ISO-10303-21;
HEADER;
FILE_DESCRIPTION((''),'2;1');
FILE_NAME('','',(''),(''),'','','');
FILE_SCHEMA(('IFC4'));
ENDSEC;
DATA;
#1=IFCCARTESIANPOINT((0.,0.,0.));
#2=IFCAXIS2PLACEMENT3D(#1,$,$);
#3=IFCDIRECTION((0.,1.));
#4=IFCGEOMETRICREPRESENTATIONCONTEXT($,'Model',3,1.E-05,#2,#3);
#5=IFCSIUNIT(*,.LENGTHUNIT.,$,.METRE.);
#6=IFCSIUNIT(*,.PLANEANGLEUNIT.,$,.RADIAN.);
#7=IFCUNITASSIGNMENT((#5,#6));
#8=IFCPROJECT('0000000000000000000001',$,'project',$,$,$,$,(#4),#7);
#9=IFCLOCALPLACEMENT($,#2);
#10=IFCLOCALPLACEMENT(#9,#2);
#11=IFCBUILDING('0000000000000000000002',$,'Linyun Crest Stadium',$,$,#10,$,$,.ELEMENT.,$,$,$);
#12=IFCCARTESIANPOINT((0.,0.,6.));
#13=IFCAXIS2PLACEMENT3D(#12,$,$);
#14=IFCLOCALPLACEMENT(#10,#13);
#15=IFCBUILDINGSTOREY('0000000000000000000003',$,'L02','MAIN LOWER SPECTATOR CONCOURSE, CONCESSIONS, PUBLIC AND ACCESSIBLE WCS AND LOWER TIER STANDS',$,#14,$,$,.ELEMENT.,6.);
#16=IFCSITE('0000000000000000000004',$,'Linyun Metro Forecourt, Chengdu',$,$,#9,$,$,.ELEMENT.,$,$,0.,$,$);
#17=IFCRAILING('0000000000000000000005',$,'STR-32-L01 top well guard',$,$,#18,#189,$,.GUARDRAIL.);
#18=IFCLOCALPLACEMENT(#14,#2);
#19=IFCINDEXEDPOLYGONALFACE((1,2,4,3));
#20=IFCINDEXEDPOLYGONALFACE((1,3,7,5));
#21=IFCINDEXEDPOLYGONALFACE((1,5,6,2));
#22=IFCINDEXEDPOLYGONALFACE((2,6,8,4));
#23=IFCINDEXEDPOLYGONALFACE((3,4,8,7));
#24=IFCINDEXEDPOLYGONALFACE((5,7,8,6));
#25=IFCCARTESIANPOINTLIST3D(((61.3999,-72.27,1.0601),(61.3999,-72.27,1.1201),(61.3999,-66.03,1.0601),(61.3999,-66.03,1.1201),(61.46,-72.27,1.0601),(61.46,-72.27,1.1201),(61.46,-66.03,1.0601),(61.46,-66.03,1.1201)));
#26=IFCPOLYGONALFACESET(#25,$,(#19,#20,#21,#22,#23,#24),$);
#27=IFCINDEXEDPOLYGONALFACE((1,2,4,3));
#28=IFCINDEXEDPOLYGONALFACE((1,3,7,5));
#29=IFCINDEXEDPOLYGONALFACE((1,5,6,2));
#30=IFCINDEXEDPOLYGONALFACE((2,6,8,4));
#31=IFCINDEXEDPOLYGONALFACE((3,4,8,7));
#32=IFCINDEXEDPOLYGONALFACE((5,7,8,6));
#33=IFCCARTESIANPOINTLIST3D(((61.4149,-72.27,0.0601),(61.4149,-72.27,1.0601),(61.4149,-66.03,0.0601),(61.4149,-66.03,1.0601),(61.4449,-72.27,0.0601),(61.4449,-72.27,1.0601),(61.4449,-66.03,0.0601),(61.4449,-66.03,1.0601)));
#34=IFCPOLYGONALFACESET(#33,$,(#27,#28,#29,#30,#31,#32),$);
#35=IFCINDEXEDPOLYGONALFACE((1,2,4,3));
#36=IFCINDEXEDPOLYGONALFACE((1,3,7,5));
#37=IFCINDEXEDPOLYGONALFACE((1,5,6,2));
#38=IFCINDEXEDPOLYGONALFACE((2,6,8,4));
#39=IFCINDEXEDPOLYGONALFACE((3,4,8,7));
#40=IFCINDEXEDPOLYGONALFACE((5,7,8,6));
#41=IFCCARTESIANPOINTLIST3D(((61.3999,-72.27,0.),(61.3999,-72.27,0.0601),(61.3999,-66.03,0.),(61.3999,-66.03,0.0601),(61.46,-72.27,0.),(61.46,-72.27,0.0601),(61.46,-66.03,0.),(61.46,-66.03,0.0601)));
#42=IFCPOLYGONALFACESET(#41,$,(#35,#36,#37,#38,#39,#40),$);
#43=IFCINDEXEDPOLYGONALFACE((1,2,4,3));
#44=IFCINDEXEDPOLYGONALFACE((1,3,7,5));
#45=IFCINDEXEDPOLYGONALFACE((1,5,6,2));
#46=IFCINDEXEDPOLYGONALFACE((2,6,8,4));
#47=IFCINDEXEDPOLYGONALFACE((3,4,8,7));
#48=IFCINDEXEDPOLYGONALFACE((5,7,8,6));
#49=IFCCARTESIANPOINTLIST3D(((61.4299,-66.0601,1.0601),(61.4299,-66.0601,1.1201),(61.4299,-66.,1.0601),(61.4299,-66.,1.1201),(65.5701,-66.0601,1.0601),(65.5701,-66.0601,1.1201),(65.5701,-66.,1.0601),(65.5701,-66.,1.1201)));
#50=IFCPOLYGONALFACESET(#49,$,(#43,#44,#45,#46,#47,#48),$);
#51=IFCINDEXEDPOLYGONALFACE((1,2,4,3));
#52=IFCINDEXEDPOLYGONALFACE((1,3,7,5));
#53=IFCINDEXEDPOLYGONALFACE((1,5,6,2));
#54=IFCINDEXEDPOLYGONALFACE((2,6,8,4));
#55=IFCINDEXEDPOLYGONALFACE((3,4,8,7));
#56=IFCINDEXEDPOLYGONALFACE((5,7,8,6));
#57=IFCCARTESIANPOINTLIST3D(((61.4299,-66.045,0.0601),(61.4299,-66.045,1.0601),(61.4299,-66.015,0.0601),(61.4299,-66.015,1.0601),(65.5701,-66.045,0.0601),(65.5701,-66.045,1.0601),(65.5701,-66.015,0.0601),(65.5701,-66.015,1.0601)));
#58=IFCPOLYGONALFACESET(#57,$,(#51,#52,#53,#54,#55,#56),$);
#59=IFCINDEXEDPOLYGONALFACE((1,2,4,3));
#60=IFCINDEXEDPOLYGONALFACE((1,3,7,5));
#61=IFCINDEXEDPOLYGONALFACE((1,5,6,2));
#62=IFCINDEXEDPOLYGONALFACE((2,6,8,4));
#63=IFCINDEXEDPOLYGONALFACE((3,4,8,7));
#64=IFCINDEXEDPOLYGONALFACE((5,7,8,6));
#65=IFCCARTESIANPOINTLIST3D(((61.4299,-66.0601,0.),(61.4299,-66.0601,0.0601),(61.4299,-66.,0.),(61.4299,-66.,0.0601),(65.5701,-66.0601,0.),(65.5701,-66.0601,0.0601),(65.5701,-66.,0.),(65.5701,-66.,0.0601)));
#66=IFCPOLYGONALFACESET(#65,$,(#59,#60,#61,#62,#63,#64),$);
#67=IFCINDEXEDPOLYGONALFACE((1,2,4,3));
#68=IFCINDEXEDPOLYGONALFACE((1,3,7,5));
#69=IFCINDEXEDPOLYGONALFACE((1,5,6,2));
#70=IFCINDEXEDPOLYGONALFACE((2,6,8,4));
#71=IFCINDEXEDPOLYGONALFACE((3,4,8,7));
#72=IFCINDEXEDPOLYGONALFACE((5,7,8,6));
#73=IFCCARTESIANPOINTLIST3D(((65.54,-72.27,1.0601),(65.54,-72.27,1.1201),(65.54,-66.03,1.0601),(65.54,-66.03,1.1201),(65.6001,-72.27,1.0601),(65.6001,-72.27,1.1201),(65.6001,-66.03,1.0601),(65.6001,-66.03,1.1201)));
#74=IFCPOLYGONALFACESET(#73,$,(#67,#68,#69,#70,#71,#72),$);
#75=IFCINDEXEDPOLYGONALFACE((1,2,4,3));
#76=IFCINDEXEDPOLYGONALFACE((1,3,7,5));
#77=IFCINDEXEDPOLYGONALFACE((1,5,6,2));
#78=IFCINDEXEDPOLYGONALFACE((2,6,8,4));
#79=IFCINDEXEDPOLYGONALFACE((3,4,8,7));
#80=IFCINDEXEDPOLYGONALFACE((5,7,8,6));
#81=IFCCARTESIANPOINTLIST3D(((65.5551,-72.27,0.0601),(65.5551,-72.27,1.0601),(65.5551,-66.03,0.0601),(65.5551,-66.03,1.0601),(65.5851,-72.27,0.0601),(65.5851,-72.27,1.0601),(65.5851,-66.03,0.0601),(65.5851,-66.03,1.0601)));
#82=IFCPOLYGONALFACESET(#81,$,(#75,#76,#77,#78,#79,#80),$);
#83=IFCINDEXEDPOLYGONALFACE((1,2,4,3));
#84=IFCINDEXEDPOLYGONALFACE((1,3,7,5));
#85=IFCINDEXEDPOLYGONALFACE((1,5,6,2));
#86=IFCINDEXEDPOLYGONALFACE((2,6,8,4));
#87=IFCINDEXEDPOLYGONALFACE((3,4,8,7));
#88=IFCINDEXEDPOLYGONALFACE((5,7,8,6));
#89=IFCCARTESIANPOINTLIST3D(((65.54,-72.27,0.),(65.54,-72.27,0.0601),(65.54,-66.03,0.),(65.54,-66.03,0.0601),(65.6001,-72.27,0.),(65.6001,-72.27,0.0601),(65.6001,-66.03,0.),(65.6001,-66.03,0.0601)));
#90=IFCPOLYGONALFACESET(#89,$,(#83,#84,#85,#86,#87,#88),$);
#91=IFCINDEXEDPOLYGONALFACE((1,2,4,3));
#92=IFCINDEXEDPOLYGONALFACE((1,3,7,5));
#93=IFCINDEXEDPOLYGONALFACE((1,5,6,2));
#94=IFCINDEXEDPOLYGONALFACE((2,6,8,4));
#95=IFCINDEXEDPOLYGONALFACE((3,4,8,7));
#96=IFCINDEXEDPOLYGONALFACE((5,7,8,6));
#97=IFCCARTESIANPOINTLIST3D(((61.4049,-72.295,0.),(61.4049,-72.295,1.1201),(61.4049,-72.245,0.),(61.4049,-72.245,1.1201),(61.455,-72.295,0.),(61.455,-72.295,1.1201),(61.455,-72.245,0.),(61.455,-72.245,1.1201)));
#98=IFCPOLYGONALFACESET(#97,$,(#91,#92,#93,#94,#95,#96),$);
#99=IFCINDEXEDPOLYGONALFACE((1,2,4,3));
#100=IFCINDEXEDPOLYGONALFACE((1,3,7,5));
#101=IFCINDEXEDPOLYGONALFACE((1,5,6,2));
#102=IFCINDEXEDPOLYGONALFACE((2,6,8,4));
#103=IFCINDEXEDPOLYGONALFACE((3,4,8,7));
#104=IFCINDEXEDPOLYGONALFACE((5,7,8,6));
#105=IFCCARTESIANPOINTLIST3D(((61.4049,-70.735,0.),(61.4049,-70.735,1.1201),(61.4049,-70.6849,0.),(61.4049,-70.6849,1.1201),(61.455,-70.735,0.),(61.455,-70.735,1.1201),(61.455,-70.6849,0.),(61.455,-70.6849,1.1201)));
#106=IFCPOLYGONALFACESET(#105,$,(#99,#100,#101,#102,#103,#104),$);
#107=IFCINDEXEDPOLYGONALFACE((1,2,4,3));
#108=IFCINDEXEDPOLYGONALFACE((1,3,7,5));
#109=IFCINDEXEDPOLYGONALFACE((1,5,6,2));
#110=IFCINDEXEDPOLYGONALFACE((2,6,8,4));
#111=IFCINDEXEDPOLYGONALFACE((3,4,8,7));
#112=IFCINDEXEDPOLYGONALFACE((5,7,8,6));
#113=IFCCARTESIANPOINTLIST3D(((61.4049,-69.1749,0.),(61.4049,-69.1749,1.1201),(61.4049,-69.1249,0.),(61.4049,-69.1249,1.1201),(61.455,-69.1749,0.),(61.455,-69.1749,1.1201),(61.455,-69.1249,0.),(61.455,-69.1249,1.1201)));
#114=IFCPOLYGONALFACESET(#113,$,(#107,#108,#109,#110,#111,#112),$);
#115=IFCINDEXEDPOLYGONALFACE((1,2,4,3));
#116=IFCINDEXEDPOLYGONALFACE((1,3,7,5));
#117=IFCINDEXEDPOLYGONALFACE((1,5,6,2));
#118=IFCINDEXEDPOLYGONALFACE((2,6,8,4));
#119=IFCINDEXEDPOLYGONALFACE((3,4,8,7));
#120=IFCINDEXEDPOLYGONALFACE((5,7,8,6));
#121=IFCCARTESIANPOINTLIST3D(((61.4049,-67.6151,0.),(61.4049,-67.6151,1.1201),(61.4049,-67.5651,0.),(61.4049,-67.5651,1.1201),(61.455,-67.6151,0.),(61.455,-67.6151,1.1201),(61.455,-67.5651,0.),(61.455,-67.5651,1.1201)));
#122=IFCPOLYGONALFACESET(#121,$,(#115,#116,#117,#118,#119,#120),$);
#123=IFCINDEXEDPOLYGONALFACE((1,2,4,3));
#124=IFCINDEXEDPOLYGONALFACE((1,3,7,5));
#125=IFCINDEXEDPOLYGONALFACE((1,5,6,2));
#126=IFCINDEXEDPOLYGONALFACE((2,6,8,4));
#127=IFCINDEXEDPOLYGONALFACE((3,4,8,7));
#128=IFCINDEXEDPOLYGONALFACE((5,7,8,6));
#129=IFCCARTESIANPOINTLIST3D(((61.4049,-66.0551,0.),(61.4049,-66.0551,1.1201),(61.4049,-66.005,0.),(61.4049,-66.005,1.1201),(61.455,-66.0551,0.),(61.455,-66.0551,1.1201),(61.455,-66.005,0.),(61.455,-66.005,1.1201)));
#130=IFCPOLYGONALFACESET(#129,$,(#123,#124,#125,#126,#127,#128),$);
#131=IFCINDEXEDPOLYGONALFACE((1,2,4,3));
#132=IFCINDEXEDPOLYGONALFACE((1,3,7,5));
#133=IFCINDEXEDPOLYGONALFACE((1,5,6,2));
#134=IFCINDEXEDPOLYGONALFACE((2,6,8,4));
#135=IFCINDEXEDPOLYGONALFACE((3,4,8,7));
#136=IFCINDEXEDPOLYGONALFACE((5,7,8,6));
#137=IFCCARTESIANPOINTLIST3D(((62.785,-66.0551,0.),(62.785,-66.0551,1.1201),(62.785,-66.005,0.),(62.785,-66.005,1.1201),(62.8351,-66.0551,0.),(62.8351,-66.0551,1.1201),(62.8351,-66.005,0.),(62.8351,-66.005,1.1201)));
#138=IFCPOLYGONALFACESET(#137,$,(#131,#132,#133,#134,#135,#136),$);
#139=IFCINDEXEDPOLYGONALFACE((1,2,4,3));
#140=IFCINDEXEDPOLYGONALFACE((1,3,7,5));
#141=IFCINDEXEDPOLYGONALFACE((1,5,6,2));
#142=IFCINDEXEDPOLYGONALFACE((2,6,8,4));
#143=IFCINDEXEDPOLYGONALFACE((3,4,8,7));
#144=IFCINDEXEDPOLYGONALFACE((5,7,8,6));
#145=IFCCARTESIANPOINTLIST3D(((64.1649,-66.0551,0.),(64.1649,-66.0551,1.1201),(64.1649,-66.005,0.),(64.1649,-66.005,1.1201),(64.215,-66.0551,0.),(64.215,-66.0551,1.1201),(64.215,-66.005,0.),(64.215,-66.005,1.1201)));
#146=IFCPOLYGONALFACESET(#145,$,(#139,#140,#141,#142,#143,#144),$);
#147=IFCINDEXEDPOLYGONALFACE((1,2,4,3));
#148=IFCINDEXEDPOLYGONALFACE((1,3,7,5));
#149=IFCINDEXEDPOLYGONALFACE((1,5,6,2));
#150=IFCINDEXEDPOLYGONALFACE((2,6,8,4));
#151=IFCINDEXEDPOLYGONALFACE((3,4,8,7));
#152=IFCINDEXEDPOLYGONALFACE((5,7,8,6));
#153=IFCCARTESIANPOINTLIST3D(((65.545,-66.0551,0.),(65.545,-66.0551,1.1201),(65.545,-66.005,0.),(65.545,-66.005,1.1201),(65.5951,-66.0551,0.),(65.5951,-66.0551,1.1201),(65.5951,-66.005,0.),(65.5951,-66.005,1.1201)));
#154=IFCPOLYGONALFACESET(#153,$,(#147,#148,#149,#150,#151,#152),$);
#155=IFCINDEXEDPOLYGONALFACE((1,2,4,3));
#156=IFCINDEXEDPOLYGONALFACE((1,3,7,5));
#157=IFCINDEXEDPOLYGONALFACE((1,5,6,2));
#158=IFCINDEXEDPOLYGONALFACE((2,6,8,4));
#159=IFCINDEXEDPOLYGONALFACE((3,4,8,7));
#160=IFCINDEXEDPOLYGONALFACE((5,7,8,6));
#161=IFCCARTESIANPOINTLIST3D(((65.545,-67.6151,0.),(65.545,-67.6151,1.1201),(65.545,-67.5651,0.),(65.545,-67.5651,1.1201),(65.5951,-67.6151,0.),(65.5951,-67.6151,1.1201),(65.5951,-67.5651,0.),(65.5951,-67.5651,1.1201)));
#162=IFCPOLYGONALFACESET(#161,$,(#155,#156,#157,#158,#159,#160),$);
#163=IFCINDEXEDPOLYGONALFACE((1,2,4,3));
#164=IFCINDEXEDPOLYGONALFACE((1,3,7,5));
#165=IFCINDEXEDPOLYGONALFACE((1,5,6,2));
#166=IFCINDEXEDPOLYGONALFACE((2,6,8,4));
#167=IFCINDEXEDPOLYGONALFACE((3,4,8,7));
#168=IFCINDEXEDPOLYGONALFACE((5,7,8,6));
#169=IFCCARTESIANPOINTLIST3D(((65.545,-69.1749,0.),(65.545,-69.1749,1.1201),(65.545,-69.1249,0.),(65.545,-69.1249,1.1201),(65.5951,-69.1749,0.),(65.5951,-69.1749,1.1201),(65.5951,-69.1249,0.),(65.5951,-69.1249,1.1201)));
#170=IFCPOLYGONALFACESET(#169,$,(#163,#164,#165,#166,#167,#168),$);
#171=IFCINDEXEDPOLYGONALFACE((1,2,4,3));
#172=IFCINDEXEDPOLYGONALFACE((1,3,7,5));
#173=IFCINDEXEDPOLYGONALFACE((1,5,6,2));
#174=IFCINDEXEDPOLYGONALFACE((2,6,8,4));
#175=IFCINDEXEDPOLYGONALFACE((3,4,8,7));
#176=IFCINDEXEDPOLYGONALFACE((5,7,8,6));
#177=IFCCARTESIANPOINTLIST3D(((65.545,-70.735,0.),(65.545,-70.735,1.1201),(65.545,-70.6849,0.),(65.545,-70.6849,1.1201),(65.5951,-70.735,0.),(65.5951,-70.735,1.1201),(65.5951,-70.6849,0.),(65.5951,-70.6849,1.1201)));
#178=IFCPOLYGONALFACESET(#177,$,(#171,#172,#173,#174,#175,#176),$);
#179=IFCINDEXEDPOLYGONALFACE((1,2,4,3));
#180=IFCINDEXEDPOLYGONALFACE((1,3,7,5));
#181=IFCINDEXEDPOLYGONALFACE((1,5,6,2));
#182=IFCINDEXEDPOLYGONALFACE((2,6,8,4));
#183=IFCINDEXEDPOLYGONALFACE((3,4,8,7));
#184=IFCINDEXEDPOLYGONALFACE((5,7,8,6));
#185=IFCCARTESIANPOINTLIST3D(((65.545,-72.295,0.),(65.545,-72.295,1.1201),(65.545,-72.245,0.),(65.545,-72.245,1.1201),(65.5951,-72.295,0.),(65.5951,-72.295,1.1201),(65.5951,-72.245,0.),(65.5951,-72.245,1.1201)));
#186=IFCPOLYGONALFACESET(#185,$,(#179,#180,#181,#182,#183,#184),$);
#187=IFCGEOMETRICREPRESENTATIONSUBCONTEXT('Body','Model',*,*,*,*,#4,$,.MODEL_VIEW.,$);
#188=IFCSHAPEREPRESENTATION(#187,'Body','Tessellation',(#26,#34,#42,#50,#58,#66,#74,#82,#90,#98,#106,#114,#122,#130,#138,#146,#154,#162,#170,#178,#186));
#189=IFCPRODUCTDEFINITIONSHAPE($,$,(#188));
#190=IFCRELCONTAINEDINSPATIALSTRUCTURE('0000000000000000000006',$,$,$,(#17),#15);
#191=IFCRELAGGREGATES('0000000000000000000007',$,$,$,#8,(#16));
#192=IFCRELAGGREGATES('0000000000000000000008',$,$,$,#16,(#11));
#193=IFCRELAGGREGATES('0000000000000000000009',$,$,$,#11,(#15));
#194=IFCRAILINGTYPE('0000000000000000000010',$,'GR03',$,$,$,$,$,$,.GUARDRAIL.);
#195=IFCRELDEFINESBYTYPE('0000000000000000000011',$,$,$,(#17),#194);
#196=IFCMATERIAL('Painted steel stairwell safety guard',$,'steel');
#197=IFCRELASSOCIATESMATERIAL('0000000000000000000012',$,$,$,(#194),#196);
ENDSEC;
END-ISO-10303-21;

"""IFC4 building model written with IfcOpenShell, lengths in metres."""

from ifc_helpers import new_model, si_unit, direction, frame, origin, origin_2d, place, context, subcontext, project, spatial, rectangle, extrude, material, type_object, element, save


model = new_model("IFC4")

# Units and contexts
model_context = context("Model", 3, precision=1e-05, world=origin(), true_north=direction((0.0, 1.0)))
body_context = subcontext(model_context, "Body", "Model", "MODEL_VIEW")
ifc_project = project(units=[si_unit("LENGTHUNIT", "METRE"), si_unit("PLANEANGLEUNIT", "RADIAN")], contexts=[model_context])

# Site, building, storey
site_placement = place(None, origin())
site = spatial("IfcSite", under=ifc_project, at=site_placement, Name="Linyun Metro Forecourt, Chengdu", CompositionType="ELEMENT", RefElevation=0.0)
building_placement = place(site_placement, origin())
building = spatial("IfcBuilding", under=site, at=building_placement, Name="Linyun Crest Stadium", CompositionType="ELEMENT")
storey_placement = place(building_placement, frame((0.0, 0.0, 6.0)))
storey = spatial("IfcBuildingStorey", under=building, at=storey_placement, Name="L02", Description="MAIN LOWER SPECTATOR CONCOURSE, CONCESSIONS, PUBLIC AND ACCESSIBLE WCS AND LOWER TIER STANDS", CompositionType="ELEMENT", Elevation=6.0)

# Railing
ifc_material_1 = material(Name="Painted steel stairwell safety guard", Category="steel")
railing_type_1 = type_object("IfcRailingType", Name="GR03", PredefinedType="GUARDRAIL", material=ifc_material_1)
railing_1_placement = place(storey_placement, frame((61.4299, -72.27, 0.0)))
element("IfcRailing", 1, at=railing_1_placement, inside=storey, type_object=railing_type_1, Name="STR-32-L01 top well guard", PredefinedType="GUARDRAIL", context=body_context, shape_type="SweptSolid", body=[
    extrude(rectangle(XDim=0.0601, YDim=0.0601, at=origin_2d()), frame((0.0, 0.0, 1.0901), z_axis=(0.0, 1.0, 0.0), x_axis=(-1.0, 0.0, 0.0)), (0.0, 0.0, 1.0), 6.24),
    extrude(rectangle(XDim=0.03, YDim=1.0, at=origin_2d()), frame((0.0, 0.0, 0.5601), z_axis=(0.0, 1.0, 0.0), x_axis=(-1.0, 0.0, 0.0)), (0.0, 0.0, 1.0), 6.24),
    extrude(rectangle(XDim=0.0601, YDim=0.0601, at=origin_2d()), frame((0.0, 0.0, 0.03), z_axis=(0.0, 1.0, 0.0), x_axis=(-1.0, 0.0, 0.0)), (0.0, 0.0, 1.0), 6.24),
    extrude(rectangle(XDim=0.0601, YDim=0.0601, at=origin_2d()), frame((0.0, 6.24, 1.0901), z_axis=(1.0, 0.0, 0.0), x_axis=(0.0, 1.0, 0.0)), (0.0, 0.0, 1.0), 4.1401),
    extrude(rectangle(XDim=0.03, YDim=1.0, at=origin_2d()), frame((0.0, 6.24, 0.5601), z_axis=(1.0, 0.0, 0.0), x_axis=(0.0, 1.0, 0.0)), (0.0, 0.0, 1.0), 4.1401),
    extrude(rectangle(XDim=0.0601, YDim=0.0601, at=origin_2d()), frame((0.0, 6.24, 0.03), z_axis=(1.0, 0.0, 0.0), x_axis=(0.0, 1.0, 0.0)), (0.0, 0.0, 1.0), 4.1401),
    extrude(rectangle(XDim=0.0601, YDim=0.0601, at=origin_2d()), frame((4.1401, 6.24, 1.0901), z_axis=(0.0, -1.0, 0.0), x_axis=(1.0, 0.0, 0.0)), (0.0, 0.0, 1.0), 6.24),
    extrude(rectangle(XDim=0.03, YDim=1.0, at=origin_2d()), frame((4.1401, 6.24, 0.5601), z_axis=(0.0, -1.0, 0.0), x_axis=(1.0, 0.0, 0.0)), (0.0, 0.0, 1.0), 6.24),
    extrude(rectangle(XDim=0.0601, YDim=0.0601, at=origin_2d()), frame((4.1401, 6.24, 0.03), z_axis=(0.0, -1.0, 0.0), x_axis=(1.0, 0.0, 0.0)), (0.0, 0.0, 1.0), 6.24),
    extrude(rectangle(XDim=0.05, YDim=0.05, at=origin_2d()), origin(), (0.0, 0.0, 1.0), 1.1201),
    extrude(rectangle(XDim=0.05, YDim=0.05, at=origin_2d()), frame((0.0, 1.5601, 0.0)), (0.0, 0.0, 1.0), 1.1201),
    extrude(rectangle(XDim=0.05, YDim=0.05, at=origin_2d()), frame((0.0, 3.1201, 0.0)), (0.0, 0.0, 1.0), 1.1201),
    extrude(rectangle(XDim=0.05, YDim=0.05, at=origin_2d()), frame((0.0, 4.6799, 0.0)), (0.0, 0.0, 1.0), 1.1201),
    extrude(rectangle(XDim=0.05, YDim=0.05, at=origin_2d()), frame((0.0, 6.24, 0.0)), (0.0, 0.0, 1.0), 1.1201),
    extrude(rectangle(XDim=0.05, YDim=0.05, at=origin_2d()), frame((1.3801, 6.24, 0.0)), (0.0, 0.0, 1.0), 1.1201),
    extrude(rectangle(XDim=0.05, YDim=0.05, at=origin_2d()), frame((2.76, 6.24, 0.0)), (0.0, 0.0, 1.0), 1.1201),
    extrude(rectangle(XDim=0.05, YDim=0.05, at=origin_2d()), frame((4.1401, 6.24, 0.0)), (0.0, 0.0, 1.0), 1.1201),
    extrude(rectangle(XDim=0.05, YDim=0.05, at=origin_2d()), frame((4.1401, 4.6799, 0.0)), (0.0, 0.0, 1.0), 1.1201),
    extrude(rectangle(XDim=0.05, YDim=0.05, at=origin_2d()), frame((4.1401, 3.1201, 0.0)), (0.0, 0.0, 1.0), 1.1201),
    extrude(rectangle(XDim=0.05, YDim=0.05, at=origin_2d()), frame((4.1401, 1.5601, 0.0)), (0.0, 0.0, 1.0), 1.1201),
    extrude(rectangle(XDim=0.05, YDim=0.05, at=origin_2d()), frame((4.1401, 0.0, 0.0)), (0.0, 0.0, 1.0), 1.1201),
])

save(model, "model.ifc")
